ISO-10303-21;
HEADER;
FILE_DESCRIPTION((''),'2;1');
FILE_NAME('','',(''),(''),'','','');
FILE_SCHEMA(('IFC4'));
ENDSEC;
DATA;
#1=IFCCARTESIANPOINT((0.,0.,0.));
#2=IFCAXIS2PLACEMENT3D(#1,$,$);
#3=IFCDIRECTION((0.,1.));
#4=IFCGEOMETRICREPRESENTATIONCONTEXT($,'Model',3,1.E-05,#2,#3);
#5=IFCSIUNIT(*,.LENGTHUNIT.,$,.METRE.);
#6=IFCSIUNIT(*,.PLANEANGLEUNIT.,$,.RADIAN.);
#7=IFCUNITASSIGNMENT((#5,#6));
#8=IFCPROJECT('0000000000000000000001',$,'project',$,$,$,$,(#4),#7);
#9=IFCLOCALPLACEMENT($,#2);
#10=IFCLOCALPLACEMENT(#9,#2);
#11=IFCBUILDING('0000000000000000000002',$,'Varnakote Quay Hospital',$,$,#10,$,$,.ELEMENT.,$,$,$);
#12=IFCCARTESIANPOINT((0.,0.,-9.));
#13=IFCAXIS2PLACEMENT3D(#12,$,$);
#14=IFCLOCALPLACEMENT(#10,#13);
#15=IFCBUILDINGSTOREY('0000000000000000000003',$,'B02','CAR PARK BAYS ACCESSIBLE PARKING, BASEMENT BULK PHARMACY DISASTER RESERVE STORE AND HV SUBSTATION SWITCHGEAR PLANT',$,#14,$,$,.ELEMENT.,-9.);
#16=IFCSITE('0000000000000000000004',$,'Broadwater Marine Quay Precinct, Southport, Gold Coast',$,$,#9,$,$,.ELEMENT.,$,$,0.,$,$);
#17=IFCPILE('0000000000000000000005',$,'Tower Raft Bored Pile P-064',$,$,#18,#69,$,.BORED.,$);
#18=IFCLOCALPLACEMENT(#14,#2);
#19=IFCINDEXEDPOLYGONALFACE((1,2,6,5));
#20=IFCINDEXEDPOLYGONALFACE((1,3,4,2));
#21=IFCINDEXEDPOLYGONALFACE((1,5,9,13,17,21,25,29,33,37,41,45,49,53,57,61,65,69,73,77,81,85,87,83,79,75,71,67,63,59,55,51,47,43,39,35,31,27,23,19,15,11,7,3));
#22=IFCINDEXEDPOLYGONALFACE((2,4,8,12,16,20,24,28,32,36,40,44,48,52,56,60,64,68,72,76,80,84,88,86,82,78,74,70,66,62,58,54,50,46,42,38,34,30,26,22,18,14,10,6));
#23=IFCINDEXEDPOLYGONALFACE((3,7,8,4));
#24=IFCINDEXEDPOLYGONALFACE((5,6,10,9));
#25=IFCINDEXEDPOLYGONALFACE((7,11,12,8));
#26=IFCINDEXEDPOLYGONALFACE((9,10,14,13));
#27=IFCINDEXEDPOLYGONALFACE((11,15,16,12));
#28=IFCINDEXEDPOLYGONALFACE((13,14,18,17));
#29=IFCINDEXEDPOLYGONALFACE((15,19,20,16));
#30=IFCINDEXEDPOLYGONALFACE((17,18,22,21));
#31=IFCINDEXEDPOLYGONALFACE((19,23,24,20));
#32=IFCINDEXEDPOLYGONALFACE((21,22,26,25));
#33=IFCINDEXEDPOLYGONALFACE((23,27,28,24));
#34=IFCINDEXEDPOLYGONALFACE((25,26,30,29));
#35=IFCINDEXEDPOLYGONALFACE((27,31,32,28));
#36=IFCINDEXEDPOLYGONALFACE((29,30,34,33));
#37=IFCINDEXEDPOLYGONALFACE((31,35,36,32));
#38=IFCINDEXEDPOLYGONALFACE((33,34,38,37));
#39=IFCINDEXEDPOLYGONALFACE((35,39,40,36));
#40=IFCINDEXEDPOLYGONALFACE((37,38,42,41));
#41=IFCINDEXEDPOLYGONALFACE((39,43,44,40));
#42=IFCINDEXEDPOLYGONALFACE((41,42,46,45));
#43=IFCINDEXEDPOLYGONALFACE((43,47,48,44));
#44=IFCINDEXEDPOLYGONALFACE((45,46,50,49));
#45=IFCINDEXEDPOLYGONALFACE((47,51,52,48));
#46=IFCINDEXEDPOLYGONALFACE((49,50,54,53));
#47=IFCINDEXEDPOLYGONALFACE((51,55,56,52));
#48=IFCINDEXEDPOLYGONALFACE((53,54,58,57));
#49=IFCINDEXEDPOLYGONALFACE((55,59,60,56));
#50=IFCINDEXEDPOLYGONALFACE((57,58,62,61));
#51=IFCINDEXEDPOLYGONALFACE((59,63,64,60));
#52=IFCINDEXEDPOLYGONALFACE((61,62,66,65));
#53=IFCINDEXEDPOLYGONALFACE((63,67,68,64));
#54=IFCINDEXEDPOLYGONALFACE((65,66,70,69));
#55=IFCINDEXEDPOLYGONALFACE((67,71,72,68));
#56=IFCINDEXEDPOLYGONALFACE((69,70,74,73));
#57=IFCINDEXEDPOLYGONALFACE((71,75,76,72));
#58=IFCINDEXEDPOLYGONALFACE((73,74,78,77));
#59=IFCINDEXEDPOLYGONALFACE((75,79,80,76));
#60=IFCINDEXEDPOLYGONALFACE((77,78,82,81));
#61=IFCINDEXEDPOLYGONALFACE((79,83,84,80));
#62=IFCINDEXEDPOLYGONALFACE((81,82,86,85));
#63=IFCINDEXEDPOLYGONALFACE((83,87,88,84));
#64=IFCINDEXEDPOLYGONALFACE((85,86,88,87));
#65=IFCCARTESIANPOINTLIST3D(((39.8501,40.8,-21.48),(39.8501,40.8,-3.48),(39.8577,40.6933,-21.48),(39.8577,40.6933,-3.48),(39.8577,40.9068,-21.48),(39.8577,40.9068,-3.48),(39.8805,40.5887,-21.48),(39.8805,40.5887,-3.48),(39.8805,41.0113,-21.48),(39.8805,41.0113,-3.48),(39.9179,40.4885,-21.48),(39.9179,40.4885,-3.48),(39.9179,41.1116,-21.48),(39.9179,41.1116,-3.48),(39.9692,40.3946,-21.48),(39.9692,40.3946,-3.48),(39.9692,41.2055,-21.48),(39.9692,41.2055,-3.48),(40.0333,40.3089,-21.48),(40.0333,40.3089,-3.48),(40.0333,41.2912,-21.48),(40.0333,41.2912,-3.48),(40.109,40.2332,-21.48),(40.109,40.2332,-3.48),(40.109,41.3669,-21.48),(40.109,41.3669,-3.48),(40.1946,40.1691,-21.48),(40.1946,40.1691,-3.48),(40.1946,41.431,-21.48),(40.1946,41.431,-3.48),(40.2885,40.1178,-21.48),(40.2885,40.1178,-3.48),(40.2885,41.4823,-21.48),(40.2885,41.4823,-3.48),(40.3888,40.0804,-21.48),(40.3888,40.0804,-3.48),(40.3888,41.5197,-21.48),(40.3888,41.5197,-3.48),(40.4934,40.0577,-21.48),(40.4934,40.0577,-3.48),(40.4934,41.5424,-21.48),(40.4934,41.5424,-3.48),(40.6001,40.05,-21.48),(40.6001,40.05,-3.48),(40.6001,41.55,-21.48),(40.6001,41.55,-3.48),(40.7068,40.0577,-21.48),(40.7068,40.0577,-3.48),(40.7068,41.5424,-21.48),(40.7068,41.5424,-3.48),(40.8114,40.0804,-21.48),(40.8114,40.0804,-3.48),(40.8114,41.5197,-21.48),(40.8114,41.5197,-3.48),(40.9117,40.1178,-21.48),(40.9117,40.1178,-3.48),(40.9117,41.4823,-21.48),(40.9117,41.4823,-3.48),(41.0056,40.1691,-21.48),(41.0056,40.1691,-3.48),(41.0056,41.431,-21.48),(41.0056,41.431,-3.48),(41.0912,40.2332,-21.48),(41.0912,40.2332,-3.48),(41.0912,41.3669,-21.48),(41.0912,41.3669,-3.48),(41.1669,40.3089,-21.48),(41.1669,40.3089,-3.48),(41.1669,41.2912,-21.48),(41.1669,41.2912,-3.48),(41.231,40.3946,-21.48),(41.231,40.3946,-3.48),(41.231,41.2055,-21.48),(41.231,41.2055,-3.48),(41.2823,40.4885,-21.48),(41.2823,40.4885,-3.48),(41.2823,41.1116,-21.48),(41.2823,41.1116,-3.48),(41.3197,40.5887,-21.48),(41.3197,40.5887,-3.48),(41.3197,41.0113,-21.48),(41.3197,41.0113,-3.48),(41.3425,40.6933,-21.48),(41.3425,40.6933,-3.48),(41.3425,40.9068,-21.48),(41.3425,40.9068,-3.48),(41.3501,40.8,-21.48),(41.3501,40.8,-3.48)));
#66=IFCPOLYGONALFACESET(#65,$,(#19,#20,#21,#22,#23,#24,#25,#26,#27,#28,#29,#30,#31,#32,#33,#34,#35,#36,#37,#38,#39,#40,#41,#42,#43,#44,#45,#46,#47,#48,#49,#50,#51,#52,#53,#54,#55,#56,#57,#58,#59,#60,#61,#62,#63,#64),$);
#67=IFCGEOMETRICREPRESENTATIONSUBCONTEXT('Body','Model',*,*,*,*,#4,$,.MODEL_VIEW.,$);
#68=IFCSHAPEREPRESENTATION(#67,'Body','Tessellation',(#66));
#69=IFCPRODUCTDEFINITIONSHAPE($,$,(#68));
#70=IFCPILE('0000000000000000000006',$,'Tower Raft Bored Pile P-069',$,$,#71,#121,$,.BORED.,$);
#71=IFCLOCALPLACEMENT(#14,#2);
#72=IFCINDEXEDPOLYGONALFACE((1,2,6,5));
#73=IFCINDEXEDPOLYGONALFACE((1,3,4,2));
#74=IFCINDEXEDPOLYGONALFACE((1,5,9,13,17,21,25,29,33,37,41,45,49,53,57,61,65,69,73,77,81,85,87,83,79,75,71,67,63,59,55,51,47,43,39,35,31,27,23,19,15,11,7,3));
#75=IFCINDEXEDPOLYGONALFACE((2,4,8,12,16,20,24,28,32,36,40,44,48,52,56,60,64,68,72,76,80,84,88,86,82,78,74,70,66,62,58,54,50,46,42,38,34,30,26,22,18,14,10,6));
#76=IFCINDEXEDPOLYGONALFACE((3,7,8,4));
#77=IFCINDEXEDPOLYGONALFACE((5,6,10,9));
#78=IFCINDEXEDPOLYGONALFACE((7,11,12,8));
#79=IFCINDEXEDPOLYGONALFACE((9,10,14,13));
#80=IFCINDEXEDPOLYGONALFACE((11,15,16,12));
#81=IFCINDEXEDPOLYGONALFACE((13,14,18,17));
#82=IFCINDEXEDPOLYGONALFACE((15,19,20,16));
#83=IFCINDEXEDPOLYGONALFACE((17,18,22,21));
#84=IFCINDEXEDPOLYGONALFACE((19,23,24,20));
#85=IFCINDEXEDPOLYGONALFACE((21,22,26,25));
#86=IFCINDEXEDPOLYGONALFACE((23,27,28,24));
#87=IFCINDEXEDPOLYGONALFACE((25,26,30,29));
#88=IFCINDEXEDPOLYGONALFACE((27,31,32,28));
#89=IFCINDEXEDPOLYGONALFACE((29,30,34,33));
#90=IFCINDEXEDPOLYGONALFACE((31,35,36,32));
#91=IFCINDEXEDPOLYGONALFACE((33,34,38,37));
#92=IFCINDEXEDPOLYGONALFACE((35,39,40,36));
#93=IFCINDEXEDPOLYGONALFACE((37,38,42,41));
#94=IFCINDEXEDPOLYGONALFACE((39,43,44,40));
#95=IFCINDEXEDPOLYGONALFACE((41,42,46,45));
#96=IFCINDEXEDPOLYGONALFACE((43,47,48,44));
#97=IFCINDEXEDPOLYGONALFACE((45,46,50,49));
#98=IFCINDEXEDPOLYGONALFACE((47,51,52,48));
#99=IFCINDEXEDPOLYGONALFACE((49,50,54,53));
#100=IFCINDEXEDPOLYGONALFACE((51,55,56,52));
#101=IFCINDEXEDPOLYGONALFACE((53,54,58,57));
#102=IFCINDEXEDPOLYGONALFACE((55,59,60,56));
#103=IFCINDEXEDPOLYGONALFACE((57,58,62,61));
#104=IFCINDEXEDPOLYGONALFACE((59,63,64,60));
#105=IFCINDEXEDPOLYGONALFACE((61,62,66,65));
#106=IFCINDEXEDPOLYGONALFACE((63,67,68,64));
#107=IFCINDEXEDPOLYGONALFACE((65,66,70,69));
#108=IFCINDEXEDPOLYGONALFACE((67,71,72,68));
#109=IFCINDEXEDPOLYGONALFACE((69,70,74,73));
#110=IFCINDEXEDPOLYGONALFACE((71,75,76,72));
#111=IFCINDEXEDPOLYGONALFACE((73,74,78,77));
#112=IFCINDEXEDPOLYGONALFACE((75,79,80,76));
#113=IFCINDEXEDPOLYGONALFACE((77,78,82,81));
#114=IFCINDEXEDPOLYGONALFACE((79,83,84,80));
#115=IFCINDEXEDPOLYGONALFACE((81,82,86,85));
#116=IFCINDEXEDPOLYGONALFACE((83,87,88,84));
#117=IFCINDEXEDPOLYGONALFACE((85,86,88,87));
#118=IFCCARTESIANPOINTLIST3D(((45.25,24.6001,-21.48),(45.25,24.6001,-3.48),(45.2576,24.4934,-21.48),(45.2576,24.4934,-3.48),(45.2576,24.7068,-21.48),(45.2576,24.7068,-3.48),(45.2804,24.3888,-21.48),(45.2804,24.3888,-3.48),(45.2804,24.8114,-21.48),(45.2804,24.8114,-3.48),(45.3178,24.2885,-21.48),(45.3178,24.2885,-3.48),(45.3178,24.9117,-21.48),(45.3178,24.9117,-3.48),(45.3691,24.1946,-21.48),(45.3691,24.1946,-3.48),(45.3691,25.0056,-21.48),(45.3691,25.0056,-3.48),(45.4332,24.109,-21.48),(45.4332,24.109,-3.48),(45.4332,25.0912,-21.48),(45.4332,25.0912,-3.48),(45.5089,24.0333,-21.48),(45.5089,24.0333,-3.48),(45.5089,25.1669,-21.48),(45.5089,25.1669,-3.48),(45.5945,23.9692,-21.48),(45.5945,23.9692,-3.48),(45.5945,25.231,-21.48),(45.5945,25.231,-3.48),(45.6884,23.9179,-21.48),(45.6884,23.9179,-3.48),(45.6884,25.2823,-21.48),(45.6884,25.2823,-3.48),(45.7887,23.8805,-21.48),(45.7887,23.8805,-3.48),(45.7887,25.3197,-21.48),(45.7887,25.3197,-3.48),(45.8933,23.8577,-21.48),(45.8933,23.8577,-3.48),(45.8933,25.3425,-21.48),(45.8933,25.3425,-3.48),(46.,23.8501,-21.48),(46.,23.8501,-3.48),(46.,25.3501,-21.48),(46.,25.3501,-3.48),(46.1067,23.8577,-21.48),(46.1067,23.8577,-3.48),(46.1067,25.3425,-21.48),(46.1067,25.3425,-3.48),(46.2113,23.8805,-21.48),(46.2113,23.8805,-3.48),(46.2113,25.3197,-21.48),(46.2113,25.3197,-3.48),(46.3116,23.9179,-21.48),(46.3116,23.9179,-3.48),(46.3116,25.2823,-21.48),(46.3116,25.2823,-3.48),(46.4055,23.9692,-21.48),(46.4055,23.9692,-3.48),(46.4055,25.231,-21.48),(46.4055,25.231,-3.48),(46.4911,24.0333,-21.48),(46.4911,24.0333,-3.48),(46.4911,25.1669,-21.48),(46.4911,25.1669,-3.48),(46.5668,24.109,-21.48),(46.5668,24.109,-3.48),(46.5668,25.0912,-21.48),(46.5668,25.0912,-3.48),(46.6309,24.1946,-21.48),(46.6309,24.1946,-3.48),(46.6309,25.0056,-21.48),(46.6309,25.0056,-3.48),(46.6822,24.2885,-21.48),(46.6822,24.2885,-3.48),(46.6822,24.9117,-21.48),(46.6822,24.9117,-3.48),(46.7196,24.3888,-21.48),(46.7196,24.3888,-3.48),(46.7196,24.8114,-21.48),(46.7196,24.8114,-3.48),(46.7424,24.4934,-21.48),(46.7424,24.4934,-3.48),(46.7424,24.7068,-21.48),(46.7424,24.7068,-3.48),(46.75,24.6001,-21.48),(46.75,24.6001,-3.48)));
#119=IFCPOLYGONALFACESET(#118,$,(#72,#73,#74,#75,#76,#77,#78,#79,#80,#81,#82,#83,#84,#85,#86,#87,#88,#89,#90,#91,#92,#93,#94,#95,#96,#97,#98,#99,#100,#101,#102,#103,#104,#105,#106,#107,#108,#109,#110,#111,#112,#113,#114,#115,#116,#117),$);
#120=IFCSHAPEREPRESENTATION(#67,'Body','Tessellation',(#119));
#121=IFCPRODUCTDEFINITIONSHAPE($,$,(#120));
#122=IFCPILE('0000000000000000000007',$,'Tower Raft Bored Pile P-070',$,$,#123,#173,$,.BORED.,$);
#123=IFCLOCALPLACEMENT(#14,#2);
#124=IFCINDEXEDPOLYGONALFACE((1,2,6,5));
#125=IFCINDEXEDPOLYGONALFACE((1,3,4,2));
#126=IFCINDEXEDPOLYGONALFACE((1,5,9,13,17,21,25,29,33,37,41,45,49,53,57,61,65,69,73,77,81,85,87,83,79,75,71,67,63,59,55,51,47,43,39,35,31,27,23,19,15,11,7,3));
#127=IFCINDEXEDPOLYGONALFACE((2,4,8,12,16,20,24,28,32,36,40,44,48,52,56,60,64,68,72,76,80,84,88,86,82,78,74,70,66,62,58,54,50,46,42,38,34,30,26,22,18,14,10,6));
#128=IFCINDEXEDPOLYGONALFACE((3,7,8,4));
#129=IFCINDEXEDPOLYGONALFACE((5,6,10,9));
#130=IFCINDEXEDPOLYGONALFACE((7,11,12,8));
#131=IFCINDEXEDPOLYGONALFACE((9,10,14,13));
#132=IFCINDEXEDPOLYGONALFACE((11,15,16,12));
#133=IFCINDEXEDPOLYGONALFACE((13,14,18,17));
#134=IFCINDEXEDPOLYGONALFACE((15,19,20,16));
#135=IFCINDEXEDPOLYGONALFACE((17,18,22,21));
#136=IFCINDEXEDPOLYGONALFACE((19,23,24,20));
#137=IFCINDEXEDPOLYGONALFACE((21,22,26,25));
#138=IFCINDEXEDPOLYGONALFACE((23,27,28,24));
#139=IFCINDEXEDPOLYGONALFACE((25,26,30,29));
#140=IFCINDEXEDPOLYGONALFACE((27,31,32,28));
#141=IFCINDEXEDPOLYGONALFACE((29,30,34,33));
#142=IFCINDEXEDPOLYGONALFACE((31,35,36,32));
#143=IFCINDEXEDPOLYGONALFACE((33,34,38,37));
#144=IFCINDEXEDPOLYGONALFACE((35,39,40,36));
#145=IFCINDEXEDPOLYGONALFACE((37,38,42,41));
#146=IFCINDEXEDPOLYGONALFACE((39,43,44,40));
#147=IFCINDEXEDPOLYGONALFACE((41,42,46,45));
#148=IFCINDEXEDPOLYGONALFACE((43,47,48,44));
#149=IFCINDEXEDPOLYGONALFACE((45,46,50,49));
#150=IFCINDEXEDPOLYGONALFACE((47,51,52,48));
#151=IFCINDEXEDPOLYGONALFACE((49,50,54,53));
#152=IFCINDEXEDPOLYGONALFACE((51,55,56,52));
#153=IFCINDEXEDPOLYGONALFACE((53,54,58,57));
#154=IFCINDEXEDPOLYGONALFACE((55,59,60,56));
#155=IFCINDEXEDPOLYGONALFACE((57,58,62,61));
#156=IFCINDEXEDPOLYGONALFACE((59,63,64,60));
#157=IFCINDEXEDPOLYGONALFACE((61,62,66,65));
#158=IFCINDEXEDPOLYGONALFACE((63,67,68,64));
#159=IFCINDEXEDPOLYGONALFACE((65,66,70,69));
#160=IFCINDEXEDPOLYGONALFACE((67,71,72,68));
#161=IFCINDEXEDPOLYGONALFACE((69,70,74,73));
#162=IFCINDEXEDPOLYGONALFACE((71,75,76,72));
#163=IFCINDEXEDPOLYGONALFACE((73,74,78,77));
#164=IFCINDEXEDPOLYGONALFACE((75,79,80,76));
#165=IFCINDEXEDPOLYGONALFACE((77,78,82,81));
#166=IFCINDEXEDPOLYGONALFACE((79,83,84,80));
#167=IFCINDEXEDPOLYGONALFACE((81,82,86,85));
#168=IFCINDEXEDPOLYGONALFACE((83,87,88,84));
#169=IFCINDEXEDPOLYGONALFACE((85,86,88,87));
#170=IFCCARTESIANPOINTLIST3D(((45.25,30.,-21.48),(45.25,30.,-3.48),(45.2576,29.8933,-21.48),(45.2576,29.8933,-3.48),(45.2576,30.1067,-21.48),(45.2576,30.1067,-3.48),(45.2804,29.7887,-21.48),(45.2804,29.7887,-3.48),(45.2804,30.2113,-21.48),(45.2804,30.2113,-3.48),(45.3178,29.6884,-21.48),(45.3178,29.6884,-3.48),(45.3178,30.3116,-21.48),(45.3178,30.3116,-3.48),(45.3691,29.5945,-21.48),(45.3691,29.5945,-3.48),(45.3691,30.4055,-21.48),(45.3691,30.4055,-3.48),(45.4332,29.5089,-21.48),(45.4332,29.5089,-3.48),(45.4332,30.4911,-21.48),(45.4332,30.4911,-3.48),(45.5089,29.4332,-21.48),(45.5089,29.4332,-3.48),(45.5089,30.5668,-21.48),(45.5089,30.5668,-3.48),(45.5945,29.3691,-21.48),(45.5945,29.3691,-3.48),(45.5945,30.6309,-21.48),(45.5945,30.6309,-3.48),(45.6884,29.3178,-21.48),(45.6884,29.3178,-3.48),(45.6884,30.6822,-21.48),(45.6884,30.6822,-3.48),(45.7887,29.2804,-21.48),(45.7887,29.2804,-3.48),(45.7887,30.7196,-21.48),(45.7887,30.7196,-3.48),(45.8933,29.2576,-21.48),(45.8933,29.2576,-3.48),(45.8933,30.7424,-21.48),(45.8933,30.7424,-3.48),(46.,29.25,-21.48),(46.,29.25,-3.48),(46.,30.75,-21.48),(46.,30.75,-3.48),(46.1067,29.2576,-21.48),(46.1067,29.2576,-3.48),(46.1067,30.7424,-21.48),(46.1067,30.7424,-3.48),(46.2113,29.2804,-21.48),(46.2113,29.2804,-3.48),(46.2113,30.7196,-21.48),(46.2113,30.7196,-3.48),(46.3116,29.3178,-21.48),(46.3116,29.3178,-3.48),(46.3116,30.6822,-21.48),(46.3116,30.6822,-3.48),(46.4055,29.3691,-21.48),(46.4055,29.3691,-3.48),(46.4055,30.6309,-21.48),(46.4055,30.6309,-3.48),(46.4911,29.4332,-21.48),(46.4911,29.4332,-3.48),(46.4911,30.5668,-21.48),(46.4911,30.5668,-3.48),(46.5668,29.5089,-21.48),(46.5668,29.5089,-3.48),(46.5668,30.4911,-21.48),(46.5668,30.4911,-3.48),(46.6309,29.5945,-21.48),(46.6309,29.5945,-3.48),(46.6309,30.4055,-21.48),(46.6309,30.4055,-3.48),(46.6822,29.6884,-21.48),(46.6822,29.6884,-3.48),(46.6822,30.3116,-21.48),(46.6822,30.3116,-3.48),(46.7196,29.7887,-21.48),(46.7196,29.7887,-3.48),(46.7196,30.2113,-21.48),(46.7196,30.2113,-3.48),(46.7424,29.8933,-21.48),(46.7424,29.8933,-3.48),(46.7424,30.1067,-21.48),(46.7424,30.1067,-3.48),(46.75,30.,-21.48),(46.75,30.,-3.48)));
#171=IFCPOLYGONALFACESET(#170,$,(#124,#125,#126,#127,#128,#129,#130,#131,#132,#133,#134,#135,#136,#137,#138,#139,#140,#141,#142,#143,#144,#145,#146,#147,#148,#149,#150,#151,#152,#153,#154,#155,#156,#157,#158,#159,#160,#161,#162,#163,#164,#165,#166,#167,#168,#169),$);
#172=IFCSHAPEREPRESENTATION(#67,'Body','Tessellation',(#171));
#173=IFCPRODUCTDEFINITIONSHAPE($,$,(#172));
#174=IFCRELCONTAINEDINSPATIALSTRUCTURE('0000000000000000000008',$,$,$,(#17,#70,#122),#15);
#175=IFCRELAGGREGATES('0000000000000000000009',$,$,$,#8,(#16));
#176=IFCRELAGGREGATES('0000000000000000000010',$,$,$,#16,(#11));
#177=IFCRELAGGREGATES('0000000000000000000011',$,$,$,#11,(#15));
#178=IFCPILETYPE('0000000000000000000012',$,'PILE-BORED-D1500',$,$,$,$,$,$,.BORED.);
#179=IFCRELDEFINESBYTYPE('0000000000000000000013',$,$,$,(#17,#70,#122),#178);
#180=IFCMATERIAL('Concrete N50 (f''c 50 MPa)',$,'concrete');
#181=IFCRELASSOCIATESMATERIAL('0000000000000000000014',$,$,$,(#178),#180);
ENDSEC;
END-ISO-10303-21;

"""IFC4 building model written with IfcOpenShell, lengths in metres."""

from ifc_helpers import new_model, si_unit, direction, frame, origin, origin_2d, place, context, subcontext, project, spatial, circle, extrude, material, material_profile, profile_set, type_object, element, save


model = new_model("IFC4")

# Units and contexts
model_context = context("Model", 3, precision=1e-05, world=origin(), true_north=direction((0.0, 1.0)))
body_context = subcontext(model_context, "Body", "Model", "MODEL_VIEW")
ifc_project = project(units=[si_unit("LENGTHUNIT", "METRE"), si_unit("PLANEANGLEUNIT", "RADIAN")], contexts=[model_context])

# Site, building, storey
site_placement = place(None, origin())
site = spatial("IfcSite", under=ifc_project, at=site_placement, Name="Broadwater Marine Quay Precinct, Southport, Gold Coast", CompositionType="ELEMENT", RefElevation=0.0)
building_placement = place(site_placement, origin())
building = spatial("IfcBuilding", under=site, at=building_placement, Name="Varnakote Quay Hospital", CompositionType="ELEMENT")
storey_placement = place(building_placement, frame((0.0, 0.0, -9.0)))
storey = spatial("IfcBuildingStorey", under=building, at=storey_placement, Name="B02", Description="CAR PARK BAYS ACCESSIBLE PARKING, BASEMENT BULK PHARMACY DISASTER RESERVE STORE AND HV SUBSTATION SWITCHGEAR PLANT", CompositionType="ELEMENT", Elevation=-9.0)

# Piles
ifc_material_1 = material(Name="Concrete N50 (f'c 50 MPa)", Category="concrete")
ifc_material_profile_1 = material_profile(ifc_material_1, circle(Radius=0.75, at=origin_2d()), Name="PILE-D1500")
ifc_profile_set_1 = profile_set([ifc_material_profile_1], Name="Concrete N50 (f'c 50 MPa)")
pile_type_1 = type_object("IfcPileType", Name="PILE-BORED-D1500", PredefinedType="BORED", material=ifc_profile_set_1)
for number, where, z_axis, x_axis, name in (
    (1, (40.6001, 40.8, -3.48), (0.0, 0.0, -1.0), (1.0, 0.0, 0.0), "Tower Raft Bored Pile P-064"),
    (2, (46.0, 24.6001, -3.48), (0.0, 0.0, -1.0), (1.0, 0.0, 0.0), "Tower Raft Bored Pile P-069"),
    (3, (46.0, 30.0, -3.48), (0.0, 0.0, -1.0), (1.0, 0.0, 0.0), "Tower Raft Bored Pile P-070"),
):
    element("IfcPile", number, at=place(storey_placement, frame(where, z_axis=z_axis, x_axis=x_axis)), inside=storey, type_object=pile_type_1, Name=name, PredefinedType="BORED", context=body_context, shape_type="SweptSolid", body=[
        extrude(circle(Radius=0.75, at=origin_2d()), origin(), (0.0, 0.0, 1.0), 18.0),
    ])

save(model, "model.ifc")
